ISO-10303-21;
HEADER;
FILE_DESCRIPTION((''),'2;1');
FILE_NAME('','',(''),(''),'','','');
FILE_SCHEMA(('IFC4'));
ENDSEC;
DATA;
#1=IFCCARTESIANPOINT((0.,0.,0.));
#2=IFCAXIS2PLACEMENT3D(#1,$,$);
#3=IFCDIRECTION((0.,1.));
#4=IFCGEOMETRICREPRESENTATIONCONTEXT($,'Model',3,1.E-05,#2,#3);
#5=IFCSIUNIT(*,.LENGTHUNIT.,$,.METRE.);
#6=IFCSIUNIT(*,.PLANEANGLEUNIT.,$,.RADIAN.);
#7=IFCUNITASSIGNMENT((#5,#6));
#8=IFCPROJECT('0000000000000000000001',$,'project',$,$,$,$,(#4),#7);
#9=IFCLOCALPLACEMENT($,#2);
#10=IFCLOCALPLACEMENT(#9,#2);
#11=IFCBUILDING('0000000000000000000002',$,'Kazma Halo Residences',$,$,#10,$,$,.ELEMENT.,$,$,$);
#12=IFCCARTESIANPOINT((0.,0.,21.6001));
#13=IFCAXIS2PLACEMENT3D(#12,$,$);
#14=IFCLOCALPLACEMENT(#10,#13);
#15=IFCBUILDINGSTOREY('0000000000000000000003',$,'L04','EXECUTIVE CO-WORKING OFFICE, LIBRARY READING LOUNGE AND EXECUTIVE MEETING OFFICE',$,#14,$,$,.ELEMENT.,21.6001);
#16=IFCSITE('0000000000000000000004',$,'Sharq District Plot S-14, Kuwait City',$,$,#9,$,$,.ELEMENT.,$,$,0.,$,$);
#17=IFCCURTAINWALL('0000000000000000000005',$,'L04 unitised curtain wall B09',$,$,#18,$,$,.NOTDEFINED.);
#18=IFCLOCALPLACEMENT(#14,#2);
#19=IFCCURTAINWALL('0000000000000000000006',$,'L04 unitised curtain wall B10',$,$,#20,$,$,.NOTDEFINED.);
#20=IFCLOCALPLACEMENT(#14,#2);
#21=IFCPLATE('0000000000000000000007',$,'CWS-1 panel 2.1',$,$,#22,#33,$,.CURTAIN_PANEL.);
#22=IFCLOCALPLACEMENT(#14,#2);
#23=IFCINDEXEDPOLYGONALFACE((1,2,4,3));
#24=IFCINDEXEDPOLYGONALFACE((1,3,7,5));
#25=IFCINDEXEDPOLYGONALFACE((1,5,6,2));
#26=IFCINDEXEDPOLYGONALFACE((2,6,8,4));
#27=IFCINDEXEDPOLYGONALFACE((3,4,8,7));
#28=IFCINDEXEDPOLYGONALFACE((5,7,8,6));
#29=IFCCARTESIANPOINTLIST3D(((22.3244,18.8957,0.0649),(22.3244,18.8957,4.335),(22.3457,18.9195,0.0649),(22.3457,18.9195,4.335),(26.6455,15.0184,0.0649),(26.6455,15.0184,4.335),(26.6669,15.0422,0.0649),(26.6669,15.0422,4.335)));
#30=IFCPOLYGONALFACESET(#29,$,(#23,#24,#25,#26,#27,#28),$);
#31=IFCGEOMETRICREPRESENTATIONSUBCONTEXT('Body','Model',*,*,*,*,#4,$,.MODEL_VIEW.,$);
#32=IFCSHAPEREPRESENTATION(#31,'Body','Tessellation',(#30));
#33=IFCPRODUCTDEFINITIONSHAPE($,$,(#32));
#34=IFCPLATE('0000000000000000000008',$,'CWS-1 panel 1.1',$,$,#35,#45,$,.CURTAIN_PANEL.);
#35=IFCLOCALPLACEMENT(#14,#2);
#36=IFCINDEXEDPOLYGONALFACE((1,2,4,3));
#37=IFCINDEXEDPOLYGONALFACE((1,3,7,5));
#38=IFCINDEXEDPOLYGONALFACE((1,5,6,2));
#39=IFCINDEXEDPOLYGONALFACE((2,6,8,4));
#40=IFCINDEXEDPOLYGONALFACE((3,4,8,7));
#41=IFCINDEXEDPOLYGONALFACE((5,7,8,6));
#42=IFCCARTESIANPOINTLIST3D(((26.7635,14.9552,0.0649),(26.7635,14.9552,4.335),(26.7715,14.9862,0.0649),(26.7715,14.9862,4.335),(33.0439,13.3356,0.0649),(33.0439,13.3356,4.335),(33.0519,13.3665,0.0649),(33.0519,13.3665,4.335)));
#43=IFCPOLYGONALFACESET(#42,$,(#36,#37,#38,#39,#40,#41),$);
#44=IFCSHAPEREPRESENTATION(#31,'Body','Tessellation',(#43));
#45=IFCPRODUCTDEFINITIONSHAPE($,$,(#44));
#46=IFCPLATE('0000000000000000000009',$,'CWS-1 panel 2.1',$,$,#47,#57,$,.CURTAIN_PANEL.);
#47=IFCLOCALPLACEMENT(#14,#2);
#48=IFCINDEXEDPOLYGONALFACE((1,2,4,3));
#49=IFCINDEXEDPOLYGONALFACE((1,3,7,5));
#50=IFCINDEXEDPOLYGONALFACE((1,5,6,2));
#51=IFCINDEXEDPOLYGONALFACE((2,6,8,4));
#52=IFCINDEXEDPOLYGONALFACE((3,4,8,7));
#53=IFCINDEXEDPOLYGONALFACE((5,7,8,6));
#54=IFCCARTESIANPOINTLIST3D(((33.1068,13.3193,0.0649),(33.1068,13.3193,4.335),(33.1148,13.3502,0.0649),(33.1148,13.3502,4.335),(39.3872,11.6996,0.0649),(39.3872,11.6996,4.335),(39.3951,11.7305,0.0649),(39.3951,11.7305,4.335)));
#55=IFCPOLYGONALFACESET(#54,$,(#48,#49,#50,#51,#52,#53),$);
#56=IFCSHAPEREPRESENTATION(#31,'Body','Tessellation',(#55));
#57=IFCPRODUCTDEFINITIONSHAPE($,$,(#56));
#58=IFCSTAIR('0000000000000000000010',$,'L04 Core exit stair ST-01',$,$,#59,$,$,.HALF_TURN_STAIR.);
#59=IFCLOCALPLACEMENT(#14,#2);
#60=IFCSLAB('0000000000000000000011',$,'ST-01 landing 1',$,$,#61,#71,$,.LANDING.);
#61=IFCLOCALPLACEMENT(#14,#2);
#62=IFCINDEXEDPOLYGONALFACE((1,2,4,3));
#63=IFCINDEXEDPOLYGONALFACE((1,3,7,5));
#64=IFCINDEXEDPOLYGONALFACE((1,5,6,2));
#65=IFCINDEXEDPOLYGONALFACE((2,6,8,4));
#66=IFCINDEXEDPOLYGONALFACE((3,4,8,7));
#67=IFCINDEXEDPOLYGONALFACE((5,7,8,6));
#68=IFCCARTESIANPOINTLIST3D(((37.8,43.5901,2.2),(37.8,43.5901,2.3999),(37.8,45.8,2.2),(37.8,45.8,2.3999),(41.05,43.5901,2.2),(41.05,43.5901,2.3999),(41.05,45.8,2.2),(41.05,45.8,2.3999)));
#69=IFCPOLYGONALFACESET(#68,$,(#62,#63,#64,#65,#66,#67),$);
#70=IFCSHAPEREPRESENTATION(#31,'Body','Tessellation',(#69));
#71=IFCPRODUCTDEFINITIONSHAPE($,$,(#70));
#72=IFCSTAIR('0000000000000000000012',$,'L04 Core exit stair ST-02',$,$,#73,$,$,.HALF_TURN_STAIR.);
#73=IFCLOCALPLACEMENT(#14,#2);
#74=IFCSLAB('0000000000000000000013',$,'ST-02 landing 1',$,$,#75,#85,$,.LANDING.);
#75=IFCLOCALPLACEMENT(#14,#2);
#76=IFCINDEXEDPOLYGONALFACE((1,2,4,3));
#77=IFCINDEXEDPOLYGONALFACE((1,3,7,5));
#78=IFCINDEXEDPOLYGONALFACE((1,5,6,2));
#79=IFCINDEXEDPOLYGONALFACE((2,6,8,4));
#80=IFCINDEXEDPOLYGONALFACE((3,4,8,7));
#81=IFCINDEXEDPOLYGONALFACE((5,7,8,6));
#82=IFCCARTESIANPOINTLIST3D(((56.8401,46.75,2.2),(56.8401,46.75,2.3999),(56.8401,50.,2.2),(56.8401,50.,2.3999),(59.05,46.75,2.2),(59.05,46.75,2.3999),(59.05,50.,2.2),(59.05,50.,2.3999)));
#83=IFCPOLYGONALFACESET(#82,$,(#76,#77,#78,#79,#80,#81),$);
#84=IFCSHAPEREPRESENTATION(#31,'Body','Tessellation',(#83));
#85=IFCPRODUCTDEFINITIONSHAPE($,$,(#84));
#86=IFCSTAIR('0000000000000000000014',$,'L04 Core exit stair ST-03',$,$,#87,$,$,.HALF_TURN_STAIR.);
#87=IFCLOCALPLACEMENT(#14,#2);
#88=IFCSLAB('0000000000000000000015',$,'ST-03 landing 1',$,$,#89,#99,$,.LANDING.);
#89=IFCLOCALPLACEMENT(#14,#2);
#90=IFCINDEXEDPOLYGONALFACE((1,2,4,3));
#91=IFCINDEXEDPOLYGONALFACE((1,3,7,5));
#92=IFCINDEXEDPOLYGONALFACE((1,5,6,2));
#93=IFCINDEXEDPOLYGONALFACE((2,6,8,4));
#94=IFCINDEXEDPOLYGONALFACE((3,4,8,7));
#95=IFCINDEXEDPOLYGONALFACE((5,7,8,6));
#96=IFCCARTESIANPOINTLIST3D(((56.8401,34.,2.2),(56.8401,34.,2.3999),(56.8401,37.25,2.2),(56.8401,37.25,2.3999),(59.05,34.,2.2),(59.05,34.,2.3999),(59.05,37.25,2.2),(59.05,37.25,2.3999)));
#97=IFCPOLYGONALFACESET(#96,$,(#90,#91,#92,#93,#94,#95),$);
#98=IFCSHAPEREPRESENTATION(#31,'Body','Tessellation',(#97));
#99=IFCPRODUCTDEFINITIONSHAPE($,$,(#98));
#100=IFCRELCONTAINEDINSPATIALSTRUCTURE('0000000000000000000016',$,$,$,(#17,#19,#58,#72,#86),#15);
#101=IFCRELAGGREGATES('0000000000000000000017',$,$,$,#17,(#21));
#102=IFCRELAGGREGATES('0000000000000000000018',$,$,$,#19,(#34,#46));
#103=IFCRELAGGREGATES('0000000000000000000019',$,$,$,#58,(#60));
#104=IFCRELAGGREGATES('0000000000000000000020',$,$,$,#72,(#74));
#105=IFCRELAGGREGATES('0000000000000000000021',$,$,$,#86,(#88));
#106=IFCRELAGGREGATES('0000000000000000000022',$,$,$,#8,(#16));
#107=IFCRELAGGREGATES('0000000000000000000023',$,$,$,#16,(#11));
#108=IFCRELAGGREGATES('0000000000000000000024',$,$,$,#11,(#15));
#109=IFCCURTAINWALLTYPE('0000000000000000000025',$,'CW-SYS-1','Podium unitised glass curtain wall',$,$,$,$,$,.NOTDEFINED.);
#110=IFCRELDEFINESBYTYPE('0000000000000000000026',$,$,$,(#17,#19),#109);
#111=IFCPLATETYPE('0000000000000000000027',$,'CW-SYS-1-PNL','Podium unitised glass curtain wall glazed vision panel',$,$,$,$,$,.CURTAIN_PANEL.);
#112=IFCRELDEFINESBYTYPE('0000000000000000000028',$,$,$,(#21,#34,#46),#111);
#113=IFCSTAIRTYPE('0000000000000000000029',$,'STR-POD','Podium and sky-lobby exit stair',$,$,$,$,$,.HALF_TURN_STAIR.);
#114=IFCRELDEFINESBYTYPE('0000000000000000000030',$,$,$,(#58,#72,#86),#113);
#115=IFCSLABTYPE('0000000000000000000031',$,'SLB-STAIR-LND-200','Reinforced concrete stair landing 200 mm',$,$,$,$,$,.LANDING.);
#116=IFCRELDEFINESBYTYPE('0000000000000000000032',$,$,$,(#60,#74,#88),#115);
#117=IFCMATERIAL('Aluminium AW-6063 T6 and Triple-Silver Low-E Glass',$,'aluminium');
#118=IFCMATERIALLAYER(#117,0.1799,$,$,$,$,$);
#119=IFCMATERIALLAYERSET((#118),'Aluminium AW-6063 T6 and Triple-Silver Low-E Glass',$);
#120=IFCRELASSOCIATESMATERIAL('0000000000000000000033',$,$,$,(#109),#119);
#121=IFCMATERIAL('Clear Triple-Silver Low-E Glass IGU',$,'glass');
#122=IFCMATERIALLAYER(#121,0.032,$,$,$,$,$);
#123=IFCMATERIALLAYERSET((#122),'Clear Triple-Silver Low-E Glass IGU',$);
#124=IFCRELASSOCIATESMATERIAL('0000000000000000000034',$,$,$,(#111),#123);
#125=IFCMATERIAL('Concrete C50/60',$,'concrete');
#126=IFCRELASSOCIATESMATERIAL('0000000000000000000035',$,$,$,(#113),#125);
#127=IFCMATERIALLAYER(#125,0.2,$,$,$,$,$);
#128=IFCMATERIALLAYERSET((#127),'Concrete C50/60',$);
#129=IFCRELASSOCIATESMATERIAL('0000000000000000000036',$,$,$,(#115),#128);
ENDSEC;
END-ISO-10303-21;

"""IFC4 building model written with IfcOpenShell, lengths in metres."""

from ifc_helpers import new_model, si_unit, direction, frame, origin, origin_2d, place, context, subcontext, project, spatial, polyline, rectangle, outline, extrude, material, layer, layer_set, type_object, element, aggregate, save


model = new_model("IFC4")

# Units and contexts
model_context = context("Model", 3, precision=1e-05, world=origin(), true_north=direction((0.0, 1.0)))
body_context = subcontext(model_context, "Body", "Model", "MODEL_VIEW")
ifc_project = project(units=[si_unit("LENGTHUNIT", "METRE"), si_unit("PLANEANGLEUNIT", "RADIAN")], contexts=[model_context])

# Site, building, storey
site_placement = place(None, origin())
site = spatial("IfcSite", under=ifc_project, at=site_placement, Name="Sharq District Plot S-14, Kuwait City", CompositionType="ELEMENT", RefElevation=0.0)
building_placement = place(site_placement, origin())
building = spatial("IfcBuilding", under=site, at=building_placement, Name="Kazma Halo Residences", CompositionType="ELEMENT")
storey_placement = place(building_placement, frame((0.0, 0.0, 21.6001)))
storey = spatial("IfcBuildingStorey", under=building, at=storey_placement, Name="L04", Description="EXECUTIVE CO-WORKING OFFICE, LIBRARY READING LOUNGE AND EXECUTIVE MEETING OFFICE", CompositionType="ELEMENT", Elevation=21.6001)

# Curtain walls
ifc_material_1 = material(Name="Aluminium AW-6063 T6 and Triple-Silver Low-E Glass", Category="aluminium")
ifc_layer_1 = layer(ifc_material_1, 0.1799)
ifc_layer_set_1 = layer_set([ifc_layer_1], Name="Aluminium AW-6063 T6 and Triple-Silver Low-E Glass")
curtain_wall_type = type_object("IfcCurtainWallType", Name="CW-SYS-1", Description="Podium unitised glass curtain wall", PredefinedType="NOTDEFINED", material=ifc_layer_set_1)
curtain_wall_1_placement = place(storey_placement, origin())
curtain_wall_1 = element("IfcCurtainWall", 1, at=curtain_wall_1_placement, inside=storey, type_object=curtain_wall_type, Name="L04 unitised curtain wall B09", PredefinedType="NOTDEFINED")
curtain_wall_2_placement = place(storey_placement, origin())
curtain_wall_2 = element("IfcCurtainWall", 2, at=curtain_wall_2_placement, inside=storey, type_object=curtain_wall_type, Name="L04 unitised curtain wall B10", PredefinedType="NOTDEFINED")

# Plates
ifc_material_2 = material(Name="Clear Triple-Silver Low-E Glass IGU", Category="glass")
ifc_layer_2 = layer(ifc_material_2, 0.032)
ifc_layer_set_2 = layer_set([ifc_layer_2], Name="Clear Triple-Silver Low-E Glass IGU")
plate_type = type_object("IfcPlateType", Name="CW-SYS-1-PNL", Description="Podium unitised glass curtain wall glazed vision panel", PredefinedType="CURTAIN_PANEL", material=ifc_layer_set_2)
plate_1_placement = place(storey_placement, frame((24.4956, 16.969, 0.0649), z_axis=(0.0, 0.0, 1.0), x_axis=(0.744298, -0.667848, 0.0)))
plate_1 = element("IfcPlate", 3, at=plate_1_placement, type_object=plate_type, Name="CWS-1 panel 2.1", PredefinedType="CURTAIN_PANEL", context=body_context, shape_type="SweptSolid", body=[
    extrude(rectangle(XDim=5.8057, YDim=0.032, at=origin_2d()), origin(), (0.0, 0.0, 1.0), 4.27),
])
aggregate(curtain_wall_1, [plate_1])
plate_2_placement = place(storey_placement, frame((29.9077, 14.1609, 0.0649), z_axis=(0.0, 0.0, 1.0), x_axis=(0.968316, -0.249727, 0.0)))
plate_2 = element("IfcPlate", 4, at=plate_2_placement, type_object=plate_type, Name="CWS-1 panel 1.1", PredefinedType="CURTAIN_PANEL", context=body_context, shape_type="SweptSolid", body=[
    extrude(rectangle(XDim=6.4858, YDim=0.032, at=origin_2d()), origin(), (0.0, 0.0, 1.0), 4.27),
])
plate_3_placement = place(storey_placement, frame((36.251, 12.5249, 0.0649), z_axis=(0.0, 0.0, 1.0), x_axis=(0.968316, -0.249727, 0.0)))
plate_3 = element("IfcPlate", 5, at=plate_3_placement, type_object=plate_type, Name="CWS-1 panel 2.1", PredefinedType="CURTAIN_PANEL", context=body_context, shape_type="SweptSolid", body=[
    extrude(rectangle(XDim=6.4858, YDim=0.032, at=origin_2d()), origin(), (0.0, 0.0, 1.0), 4.27),
])
aggregate(curtain_wall_2, [plate_2, plate_3])

# Stairs, slabs
ifc_material_3 = material(Name="Concrete C50/60", Category="concrete")
stair_type = type_object("IfcStairType", Name="STR-POD", Description="Podium and sky-lobby exit stair", PredefinedType="HALF_TURN_STAIR", material=ifc_material_3)
stair_1_placement = place(storey_placement, origin())
stair_1 = element("IfcStair", 6, at=stair_1_placement, inside=storey, type_object=stair_type, Name="L04 Core exit stair ST-01", PredefinedType="HALF_TURN_STAIR")
ifc_layer_3 = layer(ifc_material_3, 0.2)
ifc_layer_set_3 = layer_set([ifc_layer_3], Name="Concrete C50/60")
slab_type_1 = type_object("IfcSlabType", Name="SLB-STAIR-LND-200", Description="Reinforced concrete stair landing 200 mm", PredefinedType="LANDING", material=ifc_layer_set_3)
slab_1_placement = place(storey_placement, frame((0.0, 0.0, 2.2)))
slab_1 = element("IfcSlab", 7, at=slab_1_placement, type_object=slab_type_1, Name="ST-01 landing 1", PredefinedType="LANDING", context=body_context, shape_type="SweptSolid", body=[
    extrude(outline(polyline([(41.05, 43.5901), (41.05, 45.8), (37.8, 45.8), (37.8, 43.5901), (41.05, 43.5901)])), origin(), (0.0, 0.0, 1.0), 0.2),
])
aggregate(stair_1, [slab_1])
stair_2_placement = place(storey_placement, origin())
stair_2 = element("IfcStair", 8, at=stair_2_placement, inside=storey, type_object=stair_type, Name="L04 Core exit stair ST-02", PredefinedType="HALF_TURN_STAIR")
slab_2_placement = place(storey_placement, frame((0.0, 0.0, 2.2)))
slab_2 = element("IfcSlab", 9, at=slab_2_placement, type_object=slab_type_1, Name="ST-02 landing 1", PredefinedType="LANDING", context=body_context, shape_type="SweptSolid", body=[
    extrude(outline(polyline([(56.8401, 46.75), (59.05, 46.75), (59.05, 50.0), (56.8401, 50.0), (56.8401, 46.75)])), origin(), (0.0, 0.0, 1.0), 0.2),
])
aggregate(stair_2, [slab_2])
stair_3_placement = place(storey_placement, origin())
stair_3 = element("IfcStair", 10, at=stair_3_placement, inside=storey, type_object=stair_type, Name="L04 Core exit stair ST-03", PredefinedType="HALF_TURN_STAIR")
slab_3_placement = place(storey_placement, frame((0.0, 0.0, 2.2)))
slab_3 = element("IfcSlab", 11, at=slab_3_placement, type_object=slab_type_1, Name="ST-03 landing 1", PredefinedType="LANDING", context=body_context, shape_type="SweptSolid", body=[
    extrude(outline(polyline([(56.8401, 34.0), (59.05, 34.0), (59.05, 37.25), (56.8401, 37.25), (56.8401, 34.0)])), origin(), (0.0, 0.0, 1.0), 0.2),
])
aggregate(stair_3, [slab_3])

save(model, "model.ifc")
